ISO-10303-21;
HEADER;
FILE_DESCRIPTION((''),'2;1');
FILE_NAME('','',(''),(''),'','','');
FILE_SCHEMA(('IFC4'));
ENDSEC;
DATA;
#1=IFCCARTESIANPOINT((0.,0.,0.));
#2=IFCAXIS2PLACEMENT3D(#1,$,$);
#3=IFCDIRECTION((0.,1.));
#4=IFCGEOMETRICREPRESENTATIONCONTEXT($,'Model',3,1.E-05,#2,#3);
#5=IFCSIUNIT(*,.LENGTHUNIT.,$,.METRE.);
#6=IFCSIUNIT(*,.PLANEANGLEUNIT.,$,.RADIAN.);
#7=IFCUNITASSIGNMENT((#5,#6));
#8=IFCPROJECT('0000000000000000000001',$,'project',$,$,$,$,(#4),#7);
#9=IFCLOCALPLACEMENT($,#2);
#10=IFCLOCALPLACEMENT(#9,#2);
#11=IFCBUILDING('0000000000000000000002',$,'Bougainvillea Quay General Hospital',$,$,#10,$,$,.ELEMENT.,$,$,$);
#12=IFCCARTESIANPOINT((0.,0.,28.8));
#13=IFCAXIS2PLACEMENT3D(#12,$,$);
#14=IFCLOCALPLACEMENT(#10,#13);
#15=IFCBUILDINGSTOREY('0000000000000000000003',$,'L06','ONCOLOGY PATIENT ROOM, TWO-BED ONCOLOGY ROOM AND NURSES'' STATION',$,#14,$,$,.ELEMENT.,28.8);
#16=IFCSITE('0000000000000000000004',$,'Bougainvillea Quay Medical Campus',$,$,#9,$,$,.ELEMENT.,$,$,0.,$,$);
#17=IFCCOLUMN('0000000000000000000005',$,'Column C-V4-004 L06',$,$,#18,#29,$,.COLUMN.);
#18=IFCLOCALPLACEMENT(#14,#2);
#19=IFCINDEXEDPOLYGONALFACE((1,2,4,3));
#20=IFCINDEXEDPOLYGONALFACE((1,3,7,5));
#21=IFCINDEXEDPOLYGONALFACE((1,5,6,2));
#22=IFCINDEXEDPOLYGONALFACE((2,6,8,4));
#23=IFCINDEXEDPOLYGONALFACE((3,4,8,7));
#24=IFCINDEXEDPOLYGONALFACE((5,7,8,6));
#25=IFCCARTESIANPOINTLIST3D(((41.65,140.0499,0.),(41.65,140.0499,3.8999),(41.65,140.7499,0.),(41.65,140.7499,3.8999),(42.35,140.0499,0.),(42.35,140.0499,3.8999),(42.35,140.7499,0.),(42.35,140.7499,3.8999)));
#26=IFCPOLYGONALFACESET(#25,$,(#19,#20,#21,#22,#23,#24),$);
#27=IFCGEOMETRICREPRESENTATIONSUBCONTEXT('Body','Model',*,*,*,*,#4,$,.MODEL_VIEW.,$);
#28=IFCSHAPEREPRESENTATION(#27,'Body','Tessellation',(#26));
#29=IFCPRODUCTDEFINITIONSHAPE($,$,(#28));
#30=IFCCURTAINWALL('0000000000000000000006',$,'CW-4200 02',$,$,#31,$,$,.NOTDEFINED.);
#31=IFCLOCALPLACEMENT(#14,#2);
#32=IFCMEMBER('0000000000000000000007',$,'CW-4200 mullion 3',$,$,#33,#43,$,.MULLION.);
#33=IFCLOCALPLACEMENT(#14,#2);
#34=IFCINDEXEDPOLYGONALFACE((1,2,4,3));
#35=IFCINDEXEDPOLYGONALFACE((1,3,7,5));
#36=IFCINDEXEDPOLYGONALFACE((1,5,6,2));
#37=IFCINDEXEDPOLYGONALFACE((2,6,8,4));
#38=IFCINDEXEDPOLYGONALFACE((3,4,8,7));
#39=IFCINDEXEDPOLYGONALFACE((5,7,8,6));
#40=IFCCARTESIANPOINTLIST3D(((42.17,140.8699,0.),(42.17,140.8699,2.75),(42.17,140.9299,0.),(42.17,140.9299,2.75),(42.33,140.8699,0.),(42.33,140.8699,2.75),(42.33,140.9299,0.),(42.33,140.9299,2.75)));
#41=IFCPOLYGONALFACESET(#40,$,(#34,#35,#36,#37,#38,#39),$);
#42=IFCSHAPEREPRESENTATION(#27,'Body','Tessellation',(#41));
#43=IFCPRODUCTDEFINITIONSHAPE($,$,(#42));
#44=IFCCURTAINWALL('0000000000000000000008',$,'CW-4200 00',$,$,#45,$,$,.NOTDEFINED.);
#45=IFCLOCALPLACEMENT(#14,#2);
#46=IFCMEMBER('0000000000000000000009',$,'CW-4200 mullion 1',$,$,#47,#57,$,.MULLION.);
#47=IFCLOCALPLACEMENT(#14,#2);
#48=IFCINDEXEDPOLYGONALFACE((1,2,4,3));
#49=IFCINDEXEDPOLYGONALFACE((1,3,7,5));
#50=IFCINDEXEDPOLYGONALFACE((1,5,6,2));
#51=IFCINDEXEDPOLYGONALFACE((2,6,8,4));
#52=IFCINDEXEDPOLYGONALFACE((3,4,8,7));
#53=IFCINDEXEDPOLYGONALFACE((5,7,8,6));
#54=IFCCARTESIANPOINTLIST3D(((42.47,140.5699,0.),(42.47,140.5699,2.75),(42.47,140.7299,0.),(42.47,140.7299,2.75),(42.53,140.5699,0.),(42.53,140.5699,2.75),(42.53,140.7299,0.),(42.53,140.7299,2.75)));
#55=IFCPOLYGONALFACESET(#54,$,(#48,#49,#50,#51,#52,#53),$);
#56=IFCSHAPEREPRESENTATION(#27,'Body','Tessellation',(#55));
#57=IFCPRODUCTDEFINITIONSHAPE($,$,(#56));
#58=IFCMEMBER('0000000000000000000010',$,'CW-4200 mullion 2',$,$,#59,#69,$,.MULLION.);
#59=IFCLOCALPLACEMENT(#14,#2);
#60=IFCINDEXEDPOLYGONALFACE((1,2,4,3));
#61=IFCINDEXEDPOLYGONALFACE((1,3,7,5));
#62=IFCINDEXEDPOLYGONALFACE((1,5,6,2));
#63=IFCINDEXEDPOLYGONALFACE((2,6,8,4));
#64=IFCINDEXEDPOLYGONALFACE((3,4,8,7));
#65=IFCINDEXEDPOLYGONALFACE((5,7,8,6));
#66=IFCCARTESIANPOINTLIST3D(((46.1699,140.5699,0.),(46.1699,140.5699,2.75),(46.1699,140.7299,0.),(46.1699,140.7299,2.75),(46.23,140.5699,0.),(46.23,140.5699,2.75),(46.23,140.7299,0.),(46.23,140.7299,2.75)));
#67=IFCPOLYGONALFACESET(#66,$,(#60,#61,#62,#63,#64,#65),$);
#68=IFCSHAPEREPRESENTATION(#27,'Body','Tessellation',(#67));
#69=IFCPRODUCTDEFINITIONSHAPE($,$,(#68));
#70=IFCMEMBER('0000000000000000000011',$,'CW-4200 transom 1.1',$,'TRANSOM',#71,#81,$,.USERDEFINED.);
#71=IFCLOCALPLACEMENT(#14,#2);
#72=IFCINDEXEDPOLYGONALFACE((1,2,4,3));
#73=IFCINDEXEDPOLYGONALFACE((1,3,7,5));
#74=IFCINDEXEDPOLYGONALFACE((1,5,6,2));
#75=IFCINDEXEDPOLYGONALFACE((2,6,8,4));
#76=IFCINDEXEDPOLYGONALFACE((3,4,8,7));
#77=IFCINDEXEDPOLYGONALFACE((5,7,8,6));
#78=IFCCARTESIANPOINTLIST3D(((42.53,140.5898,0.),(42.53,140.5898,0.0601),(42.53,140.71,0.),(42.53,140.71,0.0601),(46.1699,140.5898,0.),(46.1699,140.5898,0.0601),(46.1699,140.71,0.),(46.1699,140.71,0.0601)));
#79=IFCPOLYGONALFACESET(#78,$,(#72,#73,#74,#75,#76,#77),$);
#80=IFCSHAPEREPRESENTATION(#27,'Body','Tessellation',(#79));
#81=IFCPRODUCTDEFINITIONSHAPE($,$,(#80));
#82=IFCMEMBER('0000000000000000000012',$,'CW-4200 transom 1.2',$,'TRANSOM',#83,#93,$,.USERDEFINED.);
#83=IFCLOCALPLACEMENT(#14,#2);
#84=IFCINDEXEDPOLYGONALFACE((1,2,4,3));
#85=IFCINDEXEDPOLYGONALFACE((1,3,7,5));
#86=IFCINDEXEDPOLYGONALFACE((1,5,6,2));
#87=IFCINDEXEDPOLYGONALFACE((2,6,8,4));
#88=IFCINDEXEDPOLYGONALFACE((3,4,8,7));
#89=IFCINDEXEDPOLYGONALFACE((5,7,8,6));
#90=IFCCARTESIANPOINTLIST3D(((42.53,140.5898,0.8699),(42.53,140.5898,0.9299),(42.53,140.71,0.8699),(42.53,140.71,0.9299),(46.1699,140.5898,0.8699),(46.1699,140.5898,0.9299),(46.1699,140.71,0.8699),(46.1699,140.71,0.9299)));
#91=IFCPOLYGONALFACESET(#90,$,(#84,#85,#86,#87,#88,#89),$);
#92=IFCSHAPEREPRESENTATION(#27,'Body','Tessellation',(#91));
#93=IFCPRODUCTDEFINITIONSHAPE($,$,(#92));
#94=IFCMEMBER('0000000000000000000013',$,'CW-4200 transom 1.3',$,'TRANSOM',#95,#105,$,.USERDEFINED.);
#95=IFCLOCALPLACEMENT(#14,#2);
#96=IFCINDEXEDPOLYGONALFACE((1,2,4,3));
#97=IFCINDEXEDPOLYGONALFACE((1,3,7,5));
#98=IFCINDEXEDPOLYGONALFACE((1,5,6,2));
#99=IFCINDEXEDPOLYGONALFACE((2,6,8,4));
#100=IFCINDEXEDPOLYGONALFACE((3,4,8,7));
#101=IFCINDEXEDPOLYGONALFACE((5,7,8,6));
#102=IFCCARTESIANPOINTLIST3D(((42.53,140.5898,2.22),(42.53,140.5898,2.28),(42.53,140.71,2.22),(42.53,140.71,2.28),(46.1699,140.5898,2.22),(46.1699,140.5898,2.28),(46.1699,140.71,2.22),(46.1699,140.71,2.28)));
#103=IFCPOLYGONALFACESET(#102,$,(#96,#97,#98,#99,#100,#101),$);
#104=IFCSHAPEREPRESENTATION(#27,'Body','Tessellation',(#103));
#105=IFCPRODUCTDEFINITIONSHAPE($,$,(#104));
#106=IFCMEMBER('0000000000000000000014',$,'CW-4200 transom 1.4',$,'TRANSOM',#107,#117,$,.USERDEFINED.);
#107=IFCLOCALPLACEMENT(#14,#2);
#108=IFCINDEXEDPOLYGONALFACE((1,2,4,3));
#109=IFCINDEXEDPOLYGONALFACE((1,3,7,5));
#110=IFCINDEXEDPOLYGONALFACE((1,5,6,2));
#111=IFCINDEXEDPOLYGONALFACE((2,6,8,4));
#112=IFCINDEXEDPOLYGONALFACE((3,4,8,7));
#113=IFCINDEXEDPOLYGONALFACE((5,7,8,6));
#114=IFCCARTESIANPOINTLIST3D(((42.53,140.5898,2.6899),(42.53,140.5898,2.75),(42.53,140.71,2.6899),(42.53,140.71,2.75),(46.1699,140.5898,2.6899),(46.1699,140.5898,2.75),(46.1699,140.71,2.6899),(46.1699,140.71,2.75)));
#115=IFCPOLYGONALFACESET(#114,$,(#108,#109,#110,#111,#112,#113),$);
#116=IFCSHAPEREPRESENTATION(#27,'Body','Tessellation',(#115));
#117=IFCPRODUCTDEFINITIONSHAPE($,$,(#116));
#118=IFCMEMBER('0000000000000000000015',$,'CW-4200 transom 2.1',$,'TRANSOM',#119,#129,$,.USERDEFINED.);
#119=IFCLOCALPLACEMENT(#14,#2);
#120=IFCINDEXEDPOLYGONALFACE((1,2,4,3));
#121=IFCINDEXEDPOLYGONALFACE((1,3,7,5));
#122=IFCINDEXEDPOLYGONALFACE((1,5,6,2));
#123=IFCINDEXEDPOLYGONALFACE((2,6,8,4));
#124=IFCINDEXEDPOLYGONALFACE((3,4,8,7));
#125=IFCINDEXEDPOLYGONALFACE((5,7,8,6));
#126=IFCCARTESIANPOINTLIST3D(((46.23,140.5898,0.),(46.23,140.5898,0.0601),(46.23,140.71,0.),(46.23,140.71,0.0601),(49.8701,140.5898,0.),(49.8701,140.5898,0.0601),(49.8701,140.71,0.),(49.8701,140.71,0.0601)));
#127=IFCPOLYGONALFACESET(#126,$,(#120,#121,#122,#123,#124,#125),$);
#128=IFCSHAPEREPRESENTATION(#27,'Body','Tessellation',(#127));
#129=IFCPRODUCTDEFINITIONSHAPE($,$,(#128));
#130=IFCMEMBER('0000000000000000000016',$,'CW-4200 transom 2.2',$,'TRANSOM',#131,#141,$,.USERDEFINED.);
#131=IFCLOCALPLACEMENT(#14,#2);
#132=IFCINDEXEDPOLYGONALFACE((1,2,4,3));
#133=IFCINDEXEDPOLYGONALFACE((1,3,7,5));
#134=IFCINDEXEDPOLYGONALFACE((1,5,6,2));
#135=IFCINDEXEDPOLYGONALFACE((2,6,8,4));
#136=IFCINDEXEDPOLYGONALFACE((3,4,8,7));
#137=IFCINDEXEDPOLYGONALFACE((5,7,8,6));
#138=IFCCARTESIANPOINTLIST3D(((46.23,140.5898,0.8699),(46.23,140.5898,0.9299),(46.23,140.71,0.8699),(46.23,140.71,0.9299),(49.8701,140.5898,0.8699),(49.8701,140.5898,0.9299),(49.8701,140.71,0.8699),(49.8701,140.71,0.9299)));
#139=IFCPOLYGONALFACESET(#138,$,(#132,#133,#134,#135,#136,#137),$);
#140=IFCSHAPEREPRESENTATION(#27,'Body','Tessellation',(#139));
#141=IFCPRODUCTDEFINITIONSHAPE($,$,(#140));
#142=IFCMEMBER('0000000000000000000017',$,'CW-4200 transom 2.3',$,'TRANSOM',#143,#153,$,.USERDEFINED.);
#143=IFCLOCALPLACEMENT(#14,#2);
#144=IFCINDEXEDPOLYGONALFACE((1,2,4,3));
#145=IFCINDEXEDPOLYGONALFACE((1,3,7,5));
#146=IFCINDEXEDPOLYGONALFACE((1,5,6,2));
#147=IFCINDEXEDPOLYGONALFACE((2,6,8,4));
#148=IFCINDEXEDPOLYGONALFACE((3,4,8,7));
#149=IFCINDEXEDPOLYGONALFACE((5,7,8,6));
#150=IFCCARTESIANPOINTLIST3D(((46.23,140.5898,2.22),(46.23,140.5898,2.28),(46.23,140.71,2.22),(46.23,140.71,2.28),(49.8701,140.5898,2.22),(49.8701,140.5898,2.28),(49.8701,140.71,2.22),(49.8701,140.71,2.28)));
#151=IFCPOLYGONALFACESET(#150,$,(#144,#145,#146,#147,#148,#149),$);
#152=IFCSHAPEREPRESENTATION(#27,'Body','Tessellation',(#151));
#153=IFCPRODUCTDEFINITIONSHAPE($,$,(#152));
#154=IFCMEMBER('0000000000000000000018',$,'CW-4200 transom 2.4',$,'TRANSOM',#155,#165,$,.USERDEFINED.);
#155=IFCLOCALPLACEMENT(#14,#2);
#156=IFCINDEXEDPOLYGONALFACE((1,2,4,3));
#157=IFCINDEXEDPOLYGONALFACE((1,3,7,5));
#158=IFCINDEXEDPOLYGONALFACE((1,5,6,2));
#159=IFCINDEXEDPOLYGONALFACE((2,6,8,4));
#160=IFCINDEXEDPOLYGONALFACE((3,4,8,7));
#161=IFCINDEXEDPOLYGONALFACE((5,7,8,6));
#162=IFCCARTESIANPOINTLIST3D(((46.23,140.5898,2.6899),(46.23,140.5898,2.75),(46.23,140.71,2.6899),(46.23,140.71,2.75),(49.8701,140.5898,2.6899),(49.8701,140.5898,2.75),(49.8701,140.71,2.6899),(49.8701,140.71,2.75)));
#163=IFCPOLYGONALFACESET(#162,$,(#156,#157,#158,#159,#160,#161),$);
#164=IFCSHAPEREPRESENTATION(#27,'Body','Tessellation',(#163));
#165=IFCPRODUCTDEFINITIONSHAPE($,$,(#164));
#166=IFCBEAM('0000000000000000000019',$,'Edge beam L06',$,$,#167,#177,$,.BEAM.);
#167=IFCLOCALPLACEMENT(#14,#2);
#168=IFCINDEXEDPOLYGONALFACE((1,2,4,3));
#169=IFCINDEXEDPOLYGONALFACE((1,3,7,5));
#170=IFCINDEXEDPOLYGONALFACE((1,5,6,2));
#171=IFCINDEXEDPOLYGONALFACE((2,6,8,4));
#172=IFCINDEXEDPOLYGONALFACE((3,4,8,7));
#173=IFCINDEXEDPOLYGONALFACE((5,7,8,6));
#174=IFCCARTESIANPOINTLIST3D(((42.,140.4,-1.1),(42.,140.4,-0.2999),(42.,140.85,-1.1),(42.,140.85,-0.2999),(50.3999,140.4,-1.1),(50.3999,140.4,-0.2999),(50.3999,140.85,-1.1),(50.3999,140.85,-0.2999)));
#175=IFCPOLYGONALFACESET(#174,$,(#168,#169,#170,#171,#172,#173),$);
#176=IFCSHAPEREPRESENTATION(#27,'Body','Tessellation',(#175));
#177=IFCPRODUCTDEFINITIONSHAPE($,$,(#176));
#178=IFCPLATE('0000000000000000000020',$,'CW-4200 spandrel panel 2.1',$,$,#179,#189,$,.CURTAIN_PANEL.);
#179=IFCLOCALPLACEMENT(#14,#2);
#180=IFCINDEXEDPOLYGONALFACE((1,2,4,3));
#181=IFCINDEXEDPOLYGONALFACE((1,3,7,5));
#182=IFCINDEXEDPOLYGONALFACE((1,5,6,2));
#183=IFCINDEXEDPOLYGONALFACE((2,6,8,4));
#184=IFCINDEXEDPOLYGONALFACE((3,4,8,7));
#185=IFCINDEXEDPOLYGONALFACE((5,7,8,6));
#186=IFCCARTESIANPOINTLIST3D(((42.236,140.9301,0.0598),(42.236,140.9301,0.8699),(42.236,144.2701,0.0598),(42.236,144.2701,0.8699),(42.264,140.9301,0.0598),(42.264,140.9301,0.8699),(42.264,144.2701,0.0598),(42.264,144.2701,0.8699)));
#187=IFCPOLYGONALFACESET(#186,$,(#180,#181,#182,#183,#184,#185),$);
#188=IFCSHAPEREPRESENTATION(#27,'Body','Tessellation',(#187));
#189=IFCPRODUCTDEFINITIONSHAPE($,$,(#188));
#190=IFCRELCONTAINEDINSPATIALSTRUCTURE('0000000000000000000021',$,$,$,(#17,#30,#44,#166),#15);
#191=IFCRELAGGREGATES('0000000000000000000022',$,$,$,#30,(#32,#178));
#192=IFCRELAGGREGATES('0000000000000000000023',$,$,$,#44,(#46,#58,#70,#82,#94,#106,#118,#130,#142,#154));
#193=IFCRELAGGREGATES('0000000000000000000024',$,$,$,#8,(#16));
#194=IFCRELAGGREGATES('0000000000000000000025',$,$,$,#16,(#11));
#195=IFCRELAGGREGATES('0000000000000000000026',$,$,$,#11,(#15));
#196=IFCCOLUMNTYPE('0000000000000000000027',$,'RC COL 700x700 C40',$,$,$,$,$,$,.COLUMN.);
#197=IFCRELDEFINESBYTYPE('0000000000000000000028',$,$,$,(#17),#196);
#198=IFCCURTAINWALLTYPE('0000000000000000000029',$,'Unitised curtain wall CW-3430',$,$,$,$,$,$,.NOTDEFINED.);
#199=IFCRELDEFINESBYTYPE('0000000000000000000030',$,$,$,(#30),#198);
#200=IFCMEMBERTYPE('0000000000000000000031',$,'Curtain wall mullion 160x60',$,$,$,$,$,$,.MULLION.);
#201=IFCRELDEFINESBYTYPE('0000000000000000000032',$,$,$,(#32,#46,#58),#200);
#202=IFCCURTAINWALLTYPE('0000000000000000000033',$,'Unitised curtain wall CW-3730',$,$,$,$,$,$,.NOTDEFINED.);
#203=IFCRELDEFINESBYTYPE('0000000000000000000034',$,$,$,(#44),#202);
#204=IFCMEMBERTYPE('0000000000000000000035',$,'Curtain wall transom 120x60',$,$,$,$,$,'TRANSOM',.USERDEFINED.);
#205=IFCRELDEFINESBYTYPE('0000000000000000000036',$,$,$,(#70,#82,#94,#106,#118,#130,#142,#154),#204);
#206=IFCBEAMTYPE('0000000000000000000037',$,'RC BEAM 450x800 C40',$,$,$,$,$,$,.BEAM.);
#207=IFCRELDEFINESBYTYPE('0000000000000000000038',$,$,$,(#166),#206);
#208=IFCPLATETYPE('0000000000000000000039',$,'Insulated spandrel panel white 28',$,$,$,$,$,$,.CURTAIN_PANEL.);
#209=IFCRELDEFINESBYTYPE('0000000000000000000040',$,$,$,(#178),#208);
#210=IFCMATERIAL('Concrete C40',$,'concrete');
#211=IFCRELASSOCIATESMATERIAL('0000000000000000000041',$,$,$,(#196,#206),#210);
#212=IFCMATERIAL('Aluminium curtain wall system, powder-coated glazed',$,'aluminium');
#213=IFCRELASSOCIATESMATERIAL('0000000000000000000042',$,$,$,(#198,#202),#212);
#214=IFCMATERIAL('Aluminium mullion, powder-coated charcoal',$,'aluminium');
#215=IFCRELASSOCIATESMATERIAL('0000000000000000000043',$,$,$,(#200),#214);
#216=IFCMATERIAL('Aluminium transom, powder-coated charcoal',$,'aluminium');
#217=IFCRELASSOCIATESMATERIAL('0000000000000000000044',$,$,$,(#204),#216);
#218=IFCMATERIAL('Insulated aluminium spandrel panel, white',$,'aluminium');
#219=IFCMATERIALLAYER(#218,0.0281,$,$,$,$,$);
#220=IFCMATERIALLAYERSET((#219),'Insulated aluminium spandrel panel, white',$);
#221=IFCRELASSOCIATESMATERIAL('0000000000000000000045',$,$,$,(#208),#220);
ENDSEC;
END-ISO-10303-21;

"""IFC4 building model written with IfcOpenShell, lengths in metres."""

from ifc_helpers import new_model, si_unit, direction, frame, origin, origin_2d, place, context, subcontext, project, spatial, rectangle, extrude, material, layer, layer_set, material_profile, profile_set, type_object, element, aggregate, save


model = new_model("IFC4")

# Units and contexts
model_context = context("Model", 3, precision=1e-05, world=origin(), true_north=direction((0.0, 1.0)))
body_context = subcontext(model_context, "Body", "Model", "MODEL_VIEW")
ifc_project = project(units=[si_unit("LENGTHUNIT", "METRE"), si_unit("PLANEANGLEUNIT", "RADIAN")], contexts=[model_context])

# Site, building, storey
site_placement = place(None, origin())
site = spatial("IfcSite", under=ifc_project, at=site_placement, Name="Bougainvillea Quay Medical Campus", CompositionType="ELEMENT", RefElevation=0.0)
building_placement = place(site_placement, origin())
building = spatial("IfcBuilding", under=site, at=building_placement, Name="Bougainvillea Quay General Hospital", CompositionType="ELEMENT")
storey_placement = place(building_placement, frame((0.0, 0.0, 28.8)))
storey = spatial("IfcBuildingStorey", under=building, at=storey_placement, Name="L06", Description="ONCOLOGY PATIENT ROOM, TWO-BED ONCOLOGY ROOM AND NURSES' STATION", CompositionType="ELEMENT", Elevation=28.8)

# Column
ifc_material_1 = material(Name="Concrete C40", Category="concrete")
ifc_material_profile_1 = material_profile(ifc_material_1, rectangle(XDim=0.7, YDim=0.7, at=origin_2d()))
ifc_profile_set_1 = profile_set([ifc_material_profile_1], Name="Concrete C40")
column_type = type_object("IfcColumnType", Name="RC COL 700x700 C40", PredefinedType="COLUMN", material=ifc_profile_set_1)
column_placement = place(storey_placement, frame((42.0, 140.3999, 0.0), z_axis=(0.0, 0.0, 1.0), x_axis=(1.0, 0.0, 0.0)))
element("IfcColumn", 1, at=column_placement, inside=storey, type_object=column_type, Name="Column C-V4-004 L06", PredefinedType="COLUMN", context=body_context, shape_type="SweptSolid", body=[
    extrude(rectangle(XDim=0.7, YDim=0.7, at=origin_2d()), origin(), (0.0, 0.0, 1.0), 3.8999),
])

# Curtain wall, member
ifc_material_2 = material(Name="Aluminium curtain wall system, powder-coated glazed", Category="aluminium")
curtain_wall_type_1 = type_object("IfcCurtainWallType", Name="Unitised curtain wall CW-3430", PredefinedType="NOTDEFINED", material=ifc_material_2)
curtain_wall_1_placement = place(storey_placement, origin())
curtain_wall_1 = element("IfcCurtainWall", 2, at=curtain_wall_1_placement, inside=storey, type_object=curtain_wall_type_1, Name="CW-4200 02", PredefinedType="NOTDEFINED")
ifc_material_3 = material(Name="Aluminium mullion, powder-coated charcoal", Category="aluminium")
ifc_material_profile_2 = material_profile(ifc_material_3, rectangle(XDim=0.1599, YDim=0.0601, at=origin_2d()))
ifc_profile_set_2 = profile_set([ifc_material_profile_2], Name="Aluminium mullion, powder-coated charcoal")
member_type_1 = type_object("IfcMemberType", Name="Curtain wall mullion 160x60", PredefinedType="MULLION", material=ifc_profile_set_2)
member_1_placement = place(storey_placement, frame((42.25, 140.8999, 0.0), z_axis=(0.0, 0.0, 1.0), x_axis=(1.0, 0.0, 0.0)))
member_1 = element("IfcMember", 3, at=member_1_placement, type_object=member_type_1, Name="CW-4200 mullion 3", PredefinedType="MULLION", context=body_context, shape_type="SweptSolid", body=[
    extrude(rectangle(XDim=0.1599, YDim=0.0601, at=origin_2d()), origin(), (0.0, 0.0, 1.0), 2.75),
])

# Curtain wall, members
curtain_wall_type_2 = type_object("IfcCurtainWallType", Name="Unitised curtain wall CW-3730", PredefinedType="NOTDEFINED", material=ifc_material_2)
curtain_wall_2_placement = place(storey_placement, origin())
curtain_wall_2 = element("IfcCurtainWall", 4, at=curtain_wall_2_placement, inside=storey, type_object=curtain_wall_type_2, Name="CW-4200 00", PredefinedType="NOTDEFINED")
member_2_placement = place(storey_placement, frame((42.5, 140.6499, 0.0), z_axis=(0.0, 0.0, 1.0), x_axis=(0.0, 1.0, 0.0)))
member_2 = element("IfcMember", 5, at=member_2_placement, type_object=member_type_1, Name="CW-4200 mullion 1", PredefinedType="MULLION", context=body_context, shape_type="SweptSolid", body=[
    extrude(rectangle(XDim=0.1599, YDim=0.0601, at=origin_2d()), origin(), (0.0, 0.0, 1.0), 2.75),
])
member_3_placement = place(storey_placement, frame((46.2, 140.6499, 0.0), z_axis=(0.0, 0.0, 1.0), x_axis=(0.0, 1.0, 0.0)))
member_3 = element("IfcMember", 6, at=member_3_placement, type_object=member_type_1, Name="CW-4200 mullion 2", PredefinedType="MULLION", context=body_context, shape_type="SweptSolid", body=[
    extrude(rectangle(XDim=0.1599, YDim=0.0601, at=origin_2d()), origin(), (0.0, 0.0, 1.0), 2.75),
])
ifc_material_4 = material(Name="Aluminium transom, powder-coated charcoal", Category="aluminium")
ifc_material_profile_3 = material_profile(ifc_material_4, rectangle(XDim=0.1201, YDim=0.0601, at=origin_2d()))
ifc_profile_set_3 = profile_set([ifc_material_profile_3], Name="Aluminium transom, powder-coated charcoal")
member_type_2 = type_object("IfcMemberType", Name="Curtain wall transom 120x60", ElementType="TRANSOM", PredefinedType="USERDEFINED", material=ifc_profile_set_3)
member_4_placement = place(storey_placement, frame((42.53, 140.6499, 0.03), z_axis=(1.0, 0.0, 0.0), x_axis=(0.0, 1.0, 0.0)))
member_4 = element("IfcMember", 7, at=member_4_placement, type_object=member_type_2, Name="CW-4200 transom 1.1", ObjectType="TRANSOM", PredefinedType="USERDEFINED", context=body_context, shape_type="SweptSolid", body=[
    extrude(rectangle(XDim=0.1201, YDim=0.0601, at=origin_2d()), origin(), (0.0, 0.0, 1.0), 3.6399),
])
member_5_placement = place(storey_placement, frame((42.53, 140.6499, 0.8999), z_axis=(1.0, 0.0, 0.0), x_axis=(0.0, 1.0, 0.0)))
member_5 = element("IfcMember", 8, at=member_5_placement, type_object=member_type_2, Name="CW-4200 transom 1.2", ObjectType="TRANSOM", PredefinedType="USERDEFINED", context=body_context, shape_type="SweptSolid", body=[
    extrude(rectangle(XDim=0.1201, YDim=0.0601, at=origin_2d()), origin(), (0.0, 0.0, 1.0), 3.6399),
])
member_6_placement = place(storey_placement, frame((42.53, 140.6499, 2.25), z_axis=(1.0, 0.0, 0.0), x_axis=(0.0, 1.0, 0.0)))
member_6 = element("IfcMember", 9, at=member_6_placement, type_object=member_type_2, Name="CW-4200 transom 1.3", ObjectType="TRANSOM", PredefinedType="USERDEFINED", context=body_context, shape_type="SweptSolid", body=[
    extrude(rectangle(XDim=0.1201, YDim=0.0601, at=origin_2d()), origin(), (0.0, 0.0, 1.0), 3.6399),
])
member_7_placement = place(storey_placement, frame((42.53, 140.6499, 2.72), z_axis=(1.0, 0.0, 0.0), x_axis=(0.0, 1.0, 0.0)))
member_7 = element("IfcMember", 10, at=member_7_placement, type_object=member_type_2, Name="CW-4200 transom 1.4", ObjectType="TRANSOM", PredefinedType="USERDEFINED", context=body_context, shape_type="SweptSolid", body=[
    extrude(rectangle(XDim=0.1201, YDim=0.0601, at=origin_2d()), origin(), (0.0, 0.0, 1.0), 3.6399),
])
member_8_placement = place(storey_placement, frame((46.23, 140.6499, 0.03), z_axis=(1.0, 0.0, 0.0), x_axis=(0.0, 1.0, 0.0)))
member_8 = element("IfcMember", 11, at=member_8_placement, type_object=member_type_2, Name="CW-4200 transom 2.1", ObjectType="TRANSOM", PredefinedType="USERDEFINED", context=body_context, shape_type="SweptSolid", body=[
    extrude(rectangle(XDim=0.1201, YDim=0.0601, at=origin_2d()), origin(), (0.0, 0.0, 1.0), 3.6401),
])
member_9_placement = place(storey_placement, frame((46.23, 140.6499, 0.8999), z_axis=(1.0, 0.0, 0.0), x_axis=(0.0, 1.0, 0.0)))
member_9 = element("IfcMember", 12, at=member_9_placement, type_object=member_type_2, Name="CW-4200 transom 2.2", ObjectType="TRANSOM", PredefinedType="USERDEFINED", context=body_context, shape_type="SweptSolid", body=[
    extrude(rectangle(XDim=0.1201, YDim=0.0601, at=origin_2d()), origin(), (0.0, 0.0, 1.0), 3.6401),
])
member_10_placement = place(storey_placement, frame((46.23, 140.6499, 2.25), z_axis=(1.0, 0.0, 0.0), x_axis=(0.0, 1.0, 0.0)))
member_10 = element("IfcMember", 13, at=member_10_placement, type_object=member_type_2, Name="CW-4200 transom 2.3", ObjectType="TRANSOM", PredefinedType="USERDEFINED", context=body_context, shape_type="SweptSolid", body=[
    extrude(rectangle(XDim=0.1201, YDim=0.0601, at=origin_2d()), origin(), (0.0, 0.0, 1.0), 3.6401),
])
member_11_placement = place(storey_placement, frame((46.23, 140.6499, 2.72), z_axis=(1.0, 0.0, 0.0), x_axis=(0.0, 1.0, 0.0)))
member_11 = element("IfcMember", 14, at=member_11_placement, type_object=member_type_2, Name="CW-4200 transom 2.4", ObjectType="TRANSOM", PredefinedType="USERDEFINED", context=body_context, shape_type="SweptSolid", body=[
    extrude(rectangle(XDim=0.1201, YDim=0.0601, at=origin_2d()), origin(), (0.0, 0.0, 1.0), 3.6401),
])

# Beam
ifc_material_profile_4 = material_profile(ifc_material_1, rectangle(XDim=0.45, YDim=0.8, at=origin_2d()))
ifc_profile_set_4 = profile_set([ifc_material_profile_4], Name="Concrete C40")
beam_type = type_object("IfcBeamType", Name="RC BEAM 450x800 C40", PredefinedType="BEAM", material=ifc_profile_set_4)
beam_placement = place(storey_placement, frame((42.0, 140.625, -0.7), z_axis=(1.0, 0.0, 0.0), x_axis=(0.0, 1.0, 0.0)))
element("IfcBeam", 15, at=beam_placement, inside=storey, type_object=beam_type, Name="Edge beam L06", PredefinedType="BEAM", context=body_context, shape_type="SweptSolid", body=[
    extrude(rectangle(XDim=0.45, YDim=0.8, at=origin_2d()), origin(), (0.0, 0.0, 1.0), 8.3999),
])

# Plate
ifc_material_5 = material(Name="Insulated aluminium spandrel panel, white", Category="aluminium")
ifc_layer_1 = layer(ifc_material_5, 0.0281)
ifc_layer_set_1 = layer_set([ifc_layer_1], Name="Insulated aluminium spandrel panel, white")
plate_type_1 = type_object("IfcPlateType", Name="Insulated spandrel panel white 28", PredefinedType="CURTAIN_PANEL", material=ifc_layer_set_1)
plate_1_placement = place(storey_placement, frame((42.25, 142.6001, 0.0598), z_axis=(0.0, 0.0, 1.0), x_axis=(0.0, -1.0, 0.0)))
plate_1 = element("IfcPlate", 16, at=plate_1_placement, type_object=plate_type_1, Name="CW-4200 spandrel panel 2.1", PredefinedType="CURTAIN_PANEL", context=body_context, shape_type="SweptSolid", body=[
    extrude(rectangle(XDim=3.3401, YDim=0.0281, at=origin_2d()), origin(), (0.0, 0.0, 1.0), 0.8101),
])
aggregate(curtain_wall_1, [member_1, plate_1])
aggregate(curtain_wall_2, [member_2, member_3, member_4, member_5, member_6, member_7, member_8, member_9, member_10, member_11])

save(model, "model.ifc")
